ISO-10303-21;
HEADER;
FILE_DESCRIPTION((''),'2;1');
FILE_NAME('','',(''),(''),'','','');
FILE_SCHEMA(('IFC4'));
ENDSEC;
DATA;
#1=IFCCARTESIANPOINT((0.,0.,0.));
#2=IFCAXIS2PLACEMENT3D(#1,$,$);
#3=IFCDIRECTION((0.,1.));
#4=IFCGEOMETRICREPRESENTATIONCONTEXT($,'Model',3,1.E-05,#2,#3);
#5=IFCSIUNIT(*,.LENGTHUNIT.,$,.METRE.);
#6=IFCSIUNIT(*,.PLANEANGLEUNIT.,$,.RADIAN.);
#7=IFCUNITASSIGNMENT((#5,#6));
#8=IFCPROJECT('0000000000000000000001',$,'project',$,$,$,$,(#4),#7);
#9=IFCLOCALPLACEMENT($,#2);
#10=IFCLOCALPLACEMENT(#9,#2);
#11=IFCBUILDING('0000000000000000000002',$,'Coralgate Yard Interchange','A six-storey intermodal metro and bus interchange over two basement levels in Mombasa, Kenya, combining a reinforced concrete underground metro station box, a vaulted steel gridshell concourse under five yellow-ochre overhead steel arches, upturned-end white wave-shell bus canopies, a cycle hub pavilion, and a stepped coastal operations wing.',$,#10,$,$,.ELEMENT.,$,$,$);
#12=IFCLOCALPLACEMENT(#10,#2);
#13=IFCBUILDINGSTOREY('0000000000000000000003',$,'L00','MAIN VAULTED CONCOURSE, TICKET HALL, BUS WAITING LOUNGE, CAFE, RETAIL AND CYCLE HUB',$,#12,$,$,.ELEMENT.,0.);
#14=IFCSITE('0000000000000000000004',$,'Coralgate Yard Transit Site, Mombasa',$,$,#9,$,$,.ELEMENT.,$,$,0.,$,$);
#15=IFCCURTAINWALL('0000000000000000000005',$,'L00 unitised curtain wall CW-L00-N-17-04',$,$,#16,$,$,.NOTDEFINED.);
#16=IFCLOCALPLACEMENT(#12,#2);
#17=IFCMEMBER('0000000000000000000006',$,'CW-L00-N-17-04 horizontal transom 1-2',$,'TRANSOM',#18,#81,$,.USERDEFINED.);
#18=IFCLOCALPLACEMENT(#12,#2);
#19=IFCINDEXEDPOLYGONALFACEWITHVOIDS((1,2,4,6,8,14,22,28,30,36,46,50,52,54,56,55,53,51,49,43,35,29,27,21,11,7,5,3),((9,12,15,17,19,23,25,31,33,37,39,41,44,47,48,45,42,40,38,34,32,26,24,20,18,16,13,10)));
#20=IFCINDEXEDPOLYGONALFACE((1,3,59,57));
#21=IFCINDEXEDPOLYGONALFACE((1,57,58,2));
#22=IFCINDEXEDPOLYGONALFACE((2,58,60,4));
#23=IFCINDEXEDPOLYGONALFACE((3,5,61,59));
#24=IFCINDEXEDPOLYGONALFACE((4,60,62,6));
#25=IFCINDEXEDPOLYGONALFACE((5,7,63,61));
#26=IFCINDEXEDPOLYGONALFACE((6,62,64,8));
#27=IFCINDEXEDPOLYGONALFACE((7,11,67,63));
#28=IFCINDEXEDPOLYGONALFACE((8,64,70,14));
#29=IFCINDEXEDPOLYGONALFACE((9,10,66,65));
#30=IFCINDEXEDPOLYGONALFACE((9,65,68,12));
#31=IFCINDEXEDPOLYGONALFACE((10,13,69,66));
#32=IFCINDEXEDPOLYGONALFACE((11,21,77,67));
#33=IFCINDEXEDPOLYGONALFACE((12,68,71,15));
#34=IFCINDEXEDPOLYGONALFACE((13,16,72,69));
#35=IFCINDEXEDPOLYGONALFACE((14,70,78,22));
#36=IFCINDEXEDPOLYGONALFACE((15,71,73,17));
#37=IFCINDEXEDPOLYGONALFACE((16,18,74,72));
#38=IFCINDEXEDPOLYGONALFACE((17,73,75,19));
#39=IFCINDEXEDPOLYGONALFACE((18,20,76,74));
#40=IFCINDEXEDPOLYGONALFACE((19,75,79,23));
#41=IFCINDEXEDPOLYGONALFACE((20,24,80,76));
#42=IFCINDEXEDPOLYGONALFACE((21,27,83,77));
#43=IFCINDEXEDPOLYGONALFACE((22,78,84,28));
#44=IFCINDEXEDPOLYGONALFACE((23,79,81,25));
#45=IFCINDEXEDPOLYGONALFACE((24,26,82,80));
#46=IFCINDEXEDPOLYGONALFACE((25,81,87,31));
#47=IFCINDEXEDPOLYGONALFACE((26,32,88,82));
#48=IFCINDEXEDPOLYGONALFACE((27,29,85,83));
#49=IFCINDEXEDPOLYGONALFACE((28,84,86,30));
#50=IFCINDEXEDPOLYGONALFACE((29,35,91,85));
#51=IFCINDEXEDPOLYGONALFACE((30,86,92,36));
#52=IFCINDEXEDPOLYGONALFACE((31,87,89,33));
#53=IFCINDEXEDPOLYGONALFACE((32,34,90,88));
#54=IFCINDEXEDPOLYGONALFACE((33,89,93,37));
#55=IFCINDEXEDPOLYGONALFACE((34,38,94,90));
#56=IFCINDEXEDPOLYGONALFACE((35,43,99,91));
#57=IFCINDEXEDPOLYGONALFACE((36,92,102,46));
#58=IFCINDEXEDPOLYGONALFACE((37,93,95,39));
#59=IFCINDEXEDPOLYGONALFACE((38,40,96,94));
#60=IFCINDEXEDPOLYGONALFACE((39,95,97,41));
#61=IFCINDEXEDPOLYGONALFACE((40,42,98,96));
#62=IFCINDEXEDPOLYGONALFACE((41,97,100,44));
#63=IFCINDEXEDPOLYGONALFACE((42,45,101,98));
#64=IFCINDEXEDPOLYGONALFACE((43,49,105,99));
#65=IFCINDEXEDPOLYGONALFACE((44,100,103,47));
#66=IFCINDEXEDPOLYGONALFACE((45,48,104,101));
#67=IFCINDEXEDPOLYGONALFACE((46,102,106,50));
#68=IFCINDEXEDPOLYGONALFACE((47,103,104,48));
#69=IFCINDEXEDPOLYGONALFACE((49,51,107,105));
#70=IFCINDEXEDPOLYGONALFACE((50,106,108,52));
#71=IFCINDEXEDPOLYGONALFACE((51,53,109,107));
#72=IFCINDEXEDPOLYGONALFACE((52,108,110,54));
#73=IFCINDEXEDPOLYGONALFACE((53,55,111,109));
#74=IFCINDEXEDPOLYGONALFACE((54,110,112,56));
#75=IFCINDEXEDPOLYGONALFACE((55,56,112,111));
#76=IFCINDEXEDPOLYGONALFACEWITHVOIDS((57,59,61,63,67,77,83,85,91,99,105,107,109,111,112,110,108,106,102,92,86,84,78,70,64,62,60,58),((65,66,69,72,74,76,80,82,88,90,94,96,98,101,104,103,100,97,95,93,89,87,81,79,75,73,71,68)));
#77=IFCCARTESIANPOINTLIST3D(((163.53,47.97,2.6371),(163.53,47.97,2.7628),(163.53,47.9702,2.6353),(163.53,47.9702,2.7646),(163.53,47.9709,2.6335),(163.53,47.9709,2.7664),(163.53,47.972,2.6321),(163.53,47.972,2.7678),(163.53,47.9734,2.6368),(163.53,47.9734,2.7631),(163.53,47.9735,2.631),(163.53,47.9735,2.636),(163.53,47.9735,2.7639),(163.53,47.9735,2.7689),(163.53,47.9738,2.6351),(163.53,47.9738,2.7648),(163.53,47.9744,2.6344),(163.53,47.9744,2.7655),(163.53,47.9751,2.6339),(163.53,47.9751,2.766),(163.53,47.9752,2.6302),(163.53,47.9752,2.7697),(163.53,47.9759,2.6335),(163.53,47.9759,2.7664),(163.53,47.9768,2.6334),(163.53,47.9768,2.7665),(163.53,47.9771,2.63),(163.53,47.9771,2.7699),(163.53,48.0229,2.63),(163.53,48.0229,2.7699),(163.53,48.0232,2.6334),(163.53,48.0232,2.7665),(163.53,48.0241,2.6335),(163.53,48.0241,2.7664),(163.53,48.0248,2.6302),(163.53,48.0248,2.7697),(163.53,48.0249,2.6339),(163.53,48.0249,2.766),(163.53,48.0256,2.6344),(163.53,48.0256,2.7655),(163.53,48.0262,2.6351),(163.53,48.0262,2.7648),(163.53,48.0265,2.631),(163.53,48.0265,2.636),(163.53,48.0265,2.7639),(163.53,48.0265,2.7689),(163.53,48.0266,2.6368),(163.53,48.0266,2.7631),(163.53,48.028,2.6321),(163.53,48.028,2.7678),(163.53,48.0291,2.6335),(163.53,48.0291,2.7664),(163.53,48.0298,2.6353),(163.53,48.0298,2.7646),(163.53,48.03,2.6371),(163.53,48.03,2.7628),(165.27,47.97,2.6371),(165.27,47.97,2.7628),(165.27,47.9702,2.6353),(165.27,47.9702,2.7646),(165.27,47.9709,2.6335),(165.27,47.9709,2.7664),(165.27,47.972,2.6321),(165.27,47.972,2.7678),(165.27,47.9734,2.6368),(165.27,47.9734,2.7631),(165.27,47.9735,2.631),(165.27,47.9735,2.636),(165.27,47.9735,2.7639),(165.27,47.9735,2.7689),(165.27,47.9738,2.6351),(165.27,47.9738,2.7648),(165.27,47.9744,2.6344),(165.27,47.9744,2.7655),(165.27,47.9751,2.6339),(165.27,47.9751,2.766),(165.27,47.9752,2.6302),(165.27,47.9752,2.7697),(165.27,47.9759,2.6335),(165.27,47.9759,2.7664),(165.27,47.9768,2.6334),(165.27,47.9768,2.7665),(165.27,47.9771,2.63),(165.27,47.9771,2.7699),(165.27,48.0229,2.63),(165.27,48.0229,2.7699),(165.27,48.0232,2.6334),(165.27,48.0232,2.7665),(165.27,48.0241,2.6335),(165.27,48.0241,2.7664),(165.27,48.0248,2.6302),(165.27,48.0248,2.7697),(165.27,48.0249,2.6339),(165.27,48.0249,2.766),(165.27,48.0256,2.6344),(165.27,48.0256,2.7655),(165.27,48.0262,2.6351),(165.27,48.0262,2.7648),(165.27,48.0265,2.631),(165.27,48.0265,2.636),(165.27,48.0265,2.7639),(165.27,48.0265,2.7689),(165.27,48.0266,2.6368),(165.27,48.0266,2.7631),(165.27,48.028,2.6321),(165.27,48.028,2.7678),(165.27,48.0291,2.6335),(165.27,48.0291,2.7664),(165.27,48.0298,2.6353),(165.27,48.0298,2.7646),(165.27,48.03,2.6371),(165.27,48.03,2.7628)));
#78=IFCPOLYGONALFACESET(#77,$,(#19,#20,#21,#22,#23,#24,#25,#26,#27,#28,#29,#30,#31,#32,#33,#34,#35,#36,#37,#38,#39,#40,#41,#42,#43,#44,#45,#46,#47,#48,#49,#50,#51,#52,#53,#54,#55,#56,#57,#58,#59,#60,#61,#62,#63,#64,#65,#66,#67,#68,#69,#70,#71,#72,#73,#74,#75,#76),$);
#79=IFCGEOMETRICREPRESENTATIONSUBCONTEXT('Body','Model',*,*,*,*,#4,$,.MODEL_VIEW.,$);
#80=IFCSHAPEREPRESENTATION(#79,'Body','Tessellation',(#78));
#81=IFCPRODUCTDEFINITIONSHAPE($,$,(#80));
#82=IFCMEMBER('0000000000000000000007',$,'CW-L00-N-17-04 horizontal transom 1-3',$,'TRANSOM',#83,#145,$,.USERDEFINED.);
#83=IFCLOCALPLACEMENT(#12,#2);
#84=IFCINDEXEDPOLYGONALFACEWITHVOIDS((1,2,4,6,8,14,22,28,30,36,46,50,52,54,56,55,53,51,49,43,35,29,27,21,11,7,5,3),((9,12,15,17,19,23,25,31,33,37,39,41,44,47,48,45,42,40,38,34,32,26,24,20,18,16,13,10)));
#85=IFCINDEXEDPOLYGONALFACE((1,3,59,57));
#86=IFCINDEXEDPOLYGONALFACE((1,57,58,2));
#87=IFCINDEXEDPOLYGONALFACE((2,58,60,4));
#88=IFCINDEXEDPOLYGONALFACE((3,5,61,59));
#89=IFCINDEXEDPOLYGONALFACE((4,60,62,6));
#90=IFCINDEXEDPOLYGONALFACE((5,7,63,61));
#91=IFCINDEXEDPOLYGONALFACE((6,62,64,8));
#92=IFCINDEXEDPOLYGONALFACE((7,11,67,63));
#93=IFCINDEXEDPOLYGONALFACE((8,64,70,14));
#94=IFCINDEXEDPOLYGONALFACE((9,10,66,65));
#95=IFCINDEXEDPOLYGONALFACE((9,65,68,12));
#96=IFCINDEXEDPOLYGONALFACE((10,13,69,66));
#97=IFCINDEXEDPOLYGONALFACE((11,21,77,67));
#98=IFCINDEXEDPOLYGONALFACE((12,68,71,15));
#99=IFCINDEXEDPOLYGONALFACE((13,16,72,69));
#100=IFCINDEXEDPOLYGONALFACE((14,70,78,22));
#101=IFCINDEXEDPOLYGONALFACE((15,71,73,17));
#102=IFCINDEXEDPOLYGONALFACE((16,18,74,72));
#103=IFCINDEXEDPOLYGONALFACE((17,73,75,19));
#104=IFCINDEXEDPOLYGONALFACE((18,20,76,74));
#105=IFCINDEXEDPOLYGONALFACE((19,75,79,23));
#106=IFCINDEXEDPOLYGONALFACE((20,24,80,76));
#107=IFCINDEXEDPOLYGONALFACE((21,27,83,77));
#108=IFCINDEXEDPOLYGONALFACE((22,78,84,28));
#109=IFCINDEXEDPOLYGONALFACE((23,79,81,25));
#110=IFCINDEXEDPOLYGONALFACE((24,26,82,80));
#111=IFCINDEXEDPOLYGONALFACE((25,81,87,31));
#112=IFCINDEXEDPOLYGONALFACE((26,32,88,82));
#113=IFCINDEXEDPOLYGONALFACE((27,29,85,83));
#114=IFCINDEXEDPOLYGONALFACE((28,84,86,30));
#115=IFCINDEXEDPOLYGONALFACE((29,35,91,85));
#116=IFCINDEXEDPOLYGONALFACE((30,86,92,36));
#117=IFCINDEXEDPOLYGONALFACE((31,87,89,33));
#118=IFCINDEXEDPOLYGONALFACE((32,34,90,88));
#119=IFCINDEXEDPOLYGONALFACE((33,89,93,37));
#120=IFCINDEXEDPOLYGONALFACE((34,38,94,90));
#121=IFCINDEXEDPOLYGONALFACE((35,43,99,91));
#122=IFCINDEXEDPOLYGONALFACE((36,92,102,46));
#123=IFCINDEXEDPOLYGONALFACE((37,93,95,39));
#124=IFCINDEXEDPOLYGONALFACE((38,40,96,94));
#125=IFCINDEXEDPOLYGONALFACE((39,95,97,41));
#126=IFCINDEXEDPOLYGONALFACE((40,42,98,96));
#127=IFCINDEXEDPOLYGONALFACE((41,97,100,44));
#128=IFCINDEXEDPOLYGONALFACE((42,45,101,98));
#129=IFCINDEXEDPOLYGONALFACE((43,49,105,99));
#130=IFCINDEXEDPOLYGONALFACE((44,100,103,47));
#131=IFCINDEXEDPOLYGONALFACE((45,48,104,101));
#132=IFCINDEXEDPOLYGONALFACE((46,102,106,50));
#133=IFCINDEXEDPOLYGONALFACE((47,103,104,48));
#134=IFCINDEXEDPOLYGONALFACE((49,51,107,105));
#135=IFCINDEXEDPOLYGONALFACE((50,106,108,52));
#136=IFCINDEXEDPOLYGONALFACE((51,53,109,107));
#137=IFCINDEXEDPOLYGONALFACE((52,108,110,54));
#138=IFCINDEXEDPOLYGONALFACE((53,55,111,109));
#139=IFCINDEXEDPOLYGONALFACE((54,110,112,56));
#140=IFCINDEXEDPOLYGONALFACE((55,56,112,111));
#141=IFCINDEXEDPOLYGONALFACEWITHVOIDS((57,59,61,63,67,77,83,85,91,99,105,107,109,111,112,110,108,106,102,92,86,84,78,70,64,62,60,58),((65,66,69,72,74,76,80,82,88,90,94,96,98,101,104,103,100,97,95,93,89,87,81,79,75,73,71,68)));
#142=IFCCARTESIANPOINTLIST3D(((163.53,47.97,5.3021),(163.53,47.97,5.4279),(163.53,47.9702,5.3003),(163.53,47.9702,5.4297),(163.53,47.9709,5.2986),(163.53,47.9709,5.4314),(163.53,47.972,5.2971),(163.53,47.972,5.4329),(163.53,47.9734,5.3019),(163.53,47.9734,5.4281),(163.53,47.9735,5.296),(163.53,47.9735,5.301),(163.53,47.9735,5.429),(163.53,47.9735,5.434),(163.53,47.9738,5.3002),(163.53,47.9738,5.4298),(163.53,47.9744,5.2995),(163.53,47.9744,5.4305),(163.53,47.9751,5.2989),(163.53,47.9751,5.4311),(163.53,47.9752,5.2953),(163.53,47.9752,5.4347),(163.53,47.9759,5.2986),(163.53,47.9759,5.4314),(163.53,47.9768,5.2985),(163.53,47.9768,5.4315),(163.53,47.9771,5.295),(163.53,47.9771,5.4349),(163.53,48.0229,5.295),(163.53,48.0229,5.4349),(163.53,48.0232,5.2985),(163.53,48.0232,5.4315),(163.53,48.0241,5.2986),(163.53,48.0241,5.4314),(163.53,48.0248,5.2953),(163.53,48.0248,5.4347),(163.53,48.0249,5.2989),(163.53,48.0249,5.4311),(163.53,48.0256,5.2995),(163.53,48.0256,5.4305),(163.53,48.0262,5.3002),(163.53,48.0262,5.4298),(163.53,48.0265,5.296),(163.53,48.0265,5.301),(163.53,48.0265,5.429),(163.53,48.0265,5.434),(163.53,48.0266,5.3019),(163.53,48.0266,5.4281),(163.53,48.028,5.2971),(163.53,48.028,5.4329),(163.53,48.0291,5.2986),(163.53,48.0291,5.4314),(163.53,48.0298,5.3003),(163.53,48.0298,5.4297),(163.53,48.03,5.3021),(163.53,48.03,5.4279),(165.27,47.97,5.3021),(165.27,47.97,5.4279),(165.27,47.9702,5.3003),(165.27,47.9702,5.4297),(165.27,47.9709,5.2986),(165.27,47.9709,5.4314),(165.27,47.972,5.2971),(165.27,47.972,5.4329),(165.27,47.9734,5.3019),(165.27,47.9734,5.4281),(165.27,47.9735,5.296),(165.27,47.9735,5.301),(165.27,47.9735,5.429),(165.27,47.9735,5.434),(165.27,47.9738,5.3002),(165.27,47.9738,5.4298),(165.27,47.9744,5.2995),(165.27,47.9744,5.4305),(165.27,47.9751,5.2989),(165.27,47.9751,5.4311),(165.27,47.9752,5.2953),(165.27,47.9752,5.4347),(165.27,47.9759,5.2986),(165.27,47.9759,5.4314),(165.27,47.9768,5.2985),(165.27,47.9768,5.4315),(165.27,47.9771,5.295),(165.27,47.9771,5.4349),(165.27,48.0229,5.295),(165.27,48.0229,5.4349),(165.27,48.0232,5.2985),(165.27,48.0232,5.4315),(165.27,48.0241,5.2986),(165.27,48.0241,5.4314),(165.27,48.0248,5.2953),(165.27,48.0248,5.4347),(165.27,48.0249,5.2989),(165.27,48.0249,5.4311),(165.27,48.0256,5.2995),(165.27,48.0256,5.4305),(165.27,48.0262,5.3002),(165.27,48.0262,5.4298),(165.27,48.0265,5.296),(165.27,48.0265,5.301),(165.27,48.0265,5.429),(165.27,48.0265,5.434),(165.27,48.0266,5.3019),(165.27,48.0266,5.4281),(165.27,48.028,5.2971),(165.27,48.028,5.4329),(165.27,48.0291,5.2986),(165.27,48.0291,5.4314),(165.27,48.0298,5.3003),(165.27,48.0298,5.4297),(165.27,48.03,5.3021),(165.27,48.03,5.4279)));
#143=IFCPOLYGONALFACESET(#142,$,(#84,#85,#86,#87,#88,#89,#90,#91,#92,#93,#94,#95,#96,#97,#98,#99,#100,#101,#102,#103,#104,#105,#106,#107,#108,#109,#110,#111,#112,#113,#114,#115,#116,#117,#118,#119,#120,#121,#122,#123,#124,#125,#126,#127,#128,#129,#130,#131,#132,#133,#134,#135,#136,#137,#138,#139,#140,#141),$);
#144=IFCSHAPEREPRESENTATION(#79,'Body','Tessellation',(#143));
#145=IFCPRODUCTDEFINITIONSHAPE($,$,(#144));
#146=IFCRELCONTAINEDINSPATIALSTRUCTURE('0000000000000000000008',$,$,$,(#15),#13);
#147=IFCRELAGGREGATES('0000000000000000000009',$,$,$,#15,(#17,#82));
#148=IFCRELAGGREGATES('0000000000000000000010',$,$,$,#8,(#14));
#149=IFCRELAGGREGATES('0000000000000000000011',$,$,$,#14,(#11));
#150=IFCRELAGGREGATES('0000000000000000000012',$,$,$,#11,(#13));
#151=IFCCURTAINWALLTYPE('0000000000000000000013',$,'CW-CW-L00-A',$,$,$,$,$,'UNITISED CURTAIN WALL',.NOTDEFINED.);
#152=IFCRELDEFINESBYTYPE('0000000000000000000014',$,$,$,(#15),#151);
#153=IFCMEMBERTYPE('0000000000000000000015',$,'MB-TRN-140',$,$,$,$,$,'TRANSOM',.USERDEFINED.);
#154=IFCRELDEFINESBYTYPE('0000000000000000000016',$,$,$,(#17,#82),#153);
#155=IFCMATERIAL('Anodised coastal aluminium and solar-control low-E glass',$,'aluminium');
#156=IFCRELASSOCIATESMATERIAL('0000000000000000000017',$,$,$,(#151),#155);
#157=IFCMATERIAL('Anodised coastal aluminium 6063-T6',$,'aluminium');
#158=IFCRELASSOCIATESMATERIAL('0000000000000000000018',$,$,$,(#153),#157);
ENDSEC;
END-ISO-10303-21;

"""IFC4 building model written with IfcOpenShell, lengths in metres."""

from ifc_helpers import new_model, si_unit, direction, frame, origin, origin_2d, place, context, subcontext, project, spatial, hollow_rectangle, extrude, material, material_profile, profile_set, type_object, element, aggregate, save


model = new_model("IFC4")

# Units and contexts
model_context = context("Model", 3, precision=1e-05, world=origin(), true_north=direction((0.0, 1.0)))
body_context = subcontext(model_context, "Body", "Model", "MODEL_VIEW")
ifc_project = project(units=[si_unit("LENGTHUNIT", "METRE"), si_unit("PLANEANGLEUNIT", "RADIAN")], contexts=[model_context])

# Site, building, storey
site_placement = place(None, origin())
site = spatial("IfcSite", under=ifc_project, at=site_placement, Name="Coralgate Yard Transit Site, Mombasa", CompositionType="ELEMENT", RefElevation=0.0)
building_placement = place(site_placement, origin())
building = spatial("IfcBuilding", under=site, at=building_placement, Name="Coralgate Yard Interchange", Description="A six-storey intermodal metro and bus interchange over two basement levels in Mombasa, Kenya, combining a reinforced concrete underground metro station box, a vaulted steel gridshell concourse under five yellow-ochre overhead steel arches, upturned-end white wave-shell bus canopies, a cycle hub pavilion, and a stepped coastal operations wing.", CompositionType="ELEMENT")
storey_placement = place(building_placement, origin())
storey = spatial("IfcBuildingStorey", under=building, at=storey_placement, Name="L00", Description="MAIN VAULTED CONCOURSE, TICKET HALL, BUS WAITING LOUNGE, CAFE, RETAIL AND CYCLE HUB", CompositionType="ELEMENT", Elevation=0.0)

# Curtain wall, members
ifc_material_1 = material(Name="Anodised coastal aluminium and solar-control low-E glass", Category="aluminium")
curtain_wall_type = type_object("IfcCurtainWallType", Name="CW-CW-L00-A", ElementType="UNITISED CURTAIN WALL", PredefinedType="NOTDEFINED", material=ifc_material_1)
curtain_wall_placement = place(storey_placement, origin())
curtain_wall = element("IfcCurtainWall", 1, at=curtain_wall_placement, inside=storey, type_object=curtain_wall_type, Name="L00 unitised curtain wall CW-L00-N-17-04", PredefinedType="NOTDEFINED")
ifc_material_2 = material(Name="Anodised coastal aluminium 6063-T6", Category="aluminium")
ifc_material_profile_1 = material_profile(ifc_material_2, hollow_rectangle(XDim=0.0601, YDim=0.1399, WallThickness=0.0034, InnerFilletRadius=0.0034, OuterFilletRadius=0.0071, at=origin_2d()), Name="ALU 60x140x3.5")
ifc_profile_set_1 = profile_set([ifc_material_profile_1], Name="Anodised coastal aluminium 6063-T6")
member_type_1 = type_object("IfcMemberType", Name="MB-TRN-140", ElementType="TRANSOM", PredefinedType="USERDEFINED", material=ifc_profile_set_1)
member_1_placement = place(storey_placement, frame((163.53, 48.0, 2.7), z_axis=(1.0, 0.0, 0.0), x_axis=(0.0, 1.0, 0.0)))
member_1 = element("IfcMember", 2, at=member_1_placement, type_object=member_type_1, Name="CW-L00-N-17-04 horizontal transom 1-2", ObjectType="TRANSOM", PredefinedType="USERDEFINED", context=body_context, shape_type="SweptSolid", body=[
    extrude(hollow_rectangle(XDim=0.0601, YDim=0.1399, WallThickness=0.0034, InnerFilletRadius=0.0034, OuterFilletRadius=0.0071, at=origin_2d()), origin(), (0.0, 0.0, 1.0), 1.74),
])
member_2_placement = place(storey_placement, frame((163.53, 48.0, 5.365), z_axis=(1.0, 0.0, 0.0), x_axis=(0.0, 1.0, 0.0)))
member_2 = element("IfcMember", 3, at=member_2_placement, type_object=member_type_1, Name="CW-L00-N-17-04 horizontal transom 1-3", ObjectType="TRANSOM", PredefinedType="USERDEFINED", context=body_context, shape_type="SweptSolid", body=[
    extrude(hollow_rectangle(XDim=0.0601, YDim=0.1399, WallThickness=0.0034, InnerFilletRadius=0.0034, OuterFilletRadius=0.0071, at=origin_2d()), origin(), (0.0, 0.0, 1.0), 1.74),
])
aggregate(curtain_wall, [member_1, member_2])

save(model, "model.ifc")
